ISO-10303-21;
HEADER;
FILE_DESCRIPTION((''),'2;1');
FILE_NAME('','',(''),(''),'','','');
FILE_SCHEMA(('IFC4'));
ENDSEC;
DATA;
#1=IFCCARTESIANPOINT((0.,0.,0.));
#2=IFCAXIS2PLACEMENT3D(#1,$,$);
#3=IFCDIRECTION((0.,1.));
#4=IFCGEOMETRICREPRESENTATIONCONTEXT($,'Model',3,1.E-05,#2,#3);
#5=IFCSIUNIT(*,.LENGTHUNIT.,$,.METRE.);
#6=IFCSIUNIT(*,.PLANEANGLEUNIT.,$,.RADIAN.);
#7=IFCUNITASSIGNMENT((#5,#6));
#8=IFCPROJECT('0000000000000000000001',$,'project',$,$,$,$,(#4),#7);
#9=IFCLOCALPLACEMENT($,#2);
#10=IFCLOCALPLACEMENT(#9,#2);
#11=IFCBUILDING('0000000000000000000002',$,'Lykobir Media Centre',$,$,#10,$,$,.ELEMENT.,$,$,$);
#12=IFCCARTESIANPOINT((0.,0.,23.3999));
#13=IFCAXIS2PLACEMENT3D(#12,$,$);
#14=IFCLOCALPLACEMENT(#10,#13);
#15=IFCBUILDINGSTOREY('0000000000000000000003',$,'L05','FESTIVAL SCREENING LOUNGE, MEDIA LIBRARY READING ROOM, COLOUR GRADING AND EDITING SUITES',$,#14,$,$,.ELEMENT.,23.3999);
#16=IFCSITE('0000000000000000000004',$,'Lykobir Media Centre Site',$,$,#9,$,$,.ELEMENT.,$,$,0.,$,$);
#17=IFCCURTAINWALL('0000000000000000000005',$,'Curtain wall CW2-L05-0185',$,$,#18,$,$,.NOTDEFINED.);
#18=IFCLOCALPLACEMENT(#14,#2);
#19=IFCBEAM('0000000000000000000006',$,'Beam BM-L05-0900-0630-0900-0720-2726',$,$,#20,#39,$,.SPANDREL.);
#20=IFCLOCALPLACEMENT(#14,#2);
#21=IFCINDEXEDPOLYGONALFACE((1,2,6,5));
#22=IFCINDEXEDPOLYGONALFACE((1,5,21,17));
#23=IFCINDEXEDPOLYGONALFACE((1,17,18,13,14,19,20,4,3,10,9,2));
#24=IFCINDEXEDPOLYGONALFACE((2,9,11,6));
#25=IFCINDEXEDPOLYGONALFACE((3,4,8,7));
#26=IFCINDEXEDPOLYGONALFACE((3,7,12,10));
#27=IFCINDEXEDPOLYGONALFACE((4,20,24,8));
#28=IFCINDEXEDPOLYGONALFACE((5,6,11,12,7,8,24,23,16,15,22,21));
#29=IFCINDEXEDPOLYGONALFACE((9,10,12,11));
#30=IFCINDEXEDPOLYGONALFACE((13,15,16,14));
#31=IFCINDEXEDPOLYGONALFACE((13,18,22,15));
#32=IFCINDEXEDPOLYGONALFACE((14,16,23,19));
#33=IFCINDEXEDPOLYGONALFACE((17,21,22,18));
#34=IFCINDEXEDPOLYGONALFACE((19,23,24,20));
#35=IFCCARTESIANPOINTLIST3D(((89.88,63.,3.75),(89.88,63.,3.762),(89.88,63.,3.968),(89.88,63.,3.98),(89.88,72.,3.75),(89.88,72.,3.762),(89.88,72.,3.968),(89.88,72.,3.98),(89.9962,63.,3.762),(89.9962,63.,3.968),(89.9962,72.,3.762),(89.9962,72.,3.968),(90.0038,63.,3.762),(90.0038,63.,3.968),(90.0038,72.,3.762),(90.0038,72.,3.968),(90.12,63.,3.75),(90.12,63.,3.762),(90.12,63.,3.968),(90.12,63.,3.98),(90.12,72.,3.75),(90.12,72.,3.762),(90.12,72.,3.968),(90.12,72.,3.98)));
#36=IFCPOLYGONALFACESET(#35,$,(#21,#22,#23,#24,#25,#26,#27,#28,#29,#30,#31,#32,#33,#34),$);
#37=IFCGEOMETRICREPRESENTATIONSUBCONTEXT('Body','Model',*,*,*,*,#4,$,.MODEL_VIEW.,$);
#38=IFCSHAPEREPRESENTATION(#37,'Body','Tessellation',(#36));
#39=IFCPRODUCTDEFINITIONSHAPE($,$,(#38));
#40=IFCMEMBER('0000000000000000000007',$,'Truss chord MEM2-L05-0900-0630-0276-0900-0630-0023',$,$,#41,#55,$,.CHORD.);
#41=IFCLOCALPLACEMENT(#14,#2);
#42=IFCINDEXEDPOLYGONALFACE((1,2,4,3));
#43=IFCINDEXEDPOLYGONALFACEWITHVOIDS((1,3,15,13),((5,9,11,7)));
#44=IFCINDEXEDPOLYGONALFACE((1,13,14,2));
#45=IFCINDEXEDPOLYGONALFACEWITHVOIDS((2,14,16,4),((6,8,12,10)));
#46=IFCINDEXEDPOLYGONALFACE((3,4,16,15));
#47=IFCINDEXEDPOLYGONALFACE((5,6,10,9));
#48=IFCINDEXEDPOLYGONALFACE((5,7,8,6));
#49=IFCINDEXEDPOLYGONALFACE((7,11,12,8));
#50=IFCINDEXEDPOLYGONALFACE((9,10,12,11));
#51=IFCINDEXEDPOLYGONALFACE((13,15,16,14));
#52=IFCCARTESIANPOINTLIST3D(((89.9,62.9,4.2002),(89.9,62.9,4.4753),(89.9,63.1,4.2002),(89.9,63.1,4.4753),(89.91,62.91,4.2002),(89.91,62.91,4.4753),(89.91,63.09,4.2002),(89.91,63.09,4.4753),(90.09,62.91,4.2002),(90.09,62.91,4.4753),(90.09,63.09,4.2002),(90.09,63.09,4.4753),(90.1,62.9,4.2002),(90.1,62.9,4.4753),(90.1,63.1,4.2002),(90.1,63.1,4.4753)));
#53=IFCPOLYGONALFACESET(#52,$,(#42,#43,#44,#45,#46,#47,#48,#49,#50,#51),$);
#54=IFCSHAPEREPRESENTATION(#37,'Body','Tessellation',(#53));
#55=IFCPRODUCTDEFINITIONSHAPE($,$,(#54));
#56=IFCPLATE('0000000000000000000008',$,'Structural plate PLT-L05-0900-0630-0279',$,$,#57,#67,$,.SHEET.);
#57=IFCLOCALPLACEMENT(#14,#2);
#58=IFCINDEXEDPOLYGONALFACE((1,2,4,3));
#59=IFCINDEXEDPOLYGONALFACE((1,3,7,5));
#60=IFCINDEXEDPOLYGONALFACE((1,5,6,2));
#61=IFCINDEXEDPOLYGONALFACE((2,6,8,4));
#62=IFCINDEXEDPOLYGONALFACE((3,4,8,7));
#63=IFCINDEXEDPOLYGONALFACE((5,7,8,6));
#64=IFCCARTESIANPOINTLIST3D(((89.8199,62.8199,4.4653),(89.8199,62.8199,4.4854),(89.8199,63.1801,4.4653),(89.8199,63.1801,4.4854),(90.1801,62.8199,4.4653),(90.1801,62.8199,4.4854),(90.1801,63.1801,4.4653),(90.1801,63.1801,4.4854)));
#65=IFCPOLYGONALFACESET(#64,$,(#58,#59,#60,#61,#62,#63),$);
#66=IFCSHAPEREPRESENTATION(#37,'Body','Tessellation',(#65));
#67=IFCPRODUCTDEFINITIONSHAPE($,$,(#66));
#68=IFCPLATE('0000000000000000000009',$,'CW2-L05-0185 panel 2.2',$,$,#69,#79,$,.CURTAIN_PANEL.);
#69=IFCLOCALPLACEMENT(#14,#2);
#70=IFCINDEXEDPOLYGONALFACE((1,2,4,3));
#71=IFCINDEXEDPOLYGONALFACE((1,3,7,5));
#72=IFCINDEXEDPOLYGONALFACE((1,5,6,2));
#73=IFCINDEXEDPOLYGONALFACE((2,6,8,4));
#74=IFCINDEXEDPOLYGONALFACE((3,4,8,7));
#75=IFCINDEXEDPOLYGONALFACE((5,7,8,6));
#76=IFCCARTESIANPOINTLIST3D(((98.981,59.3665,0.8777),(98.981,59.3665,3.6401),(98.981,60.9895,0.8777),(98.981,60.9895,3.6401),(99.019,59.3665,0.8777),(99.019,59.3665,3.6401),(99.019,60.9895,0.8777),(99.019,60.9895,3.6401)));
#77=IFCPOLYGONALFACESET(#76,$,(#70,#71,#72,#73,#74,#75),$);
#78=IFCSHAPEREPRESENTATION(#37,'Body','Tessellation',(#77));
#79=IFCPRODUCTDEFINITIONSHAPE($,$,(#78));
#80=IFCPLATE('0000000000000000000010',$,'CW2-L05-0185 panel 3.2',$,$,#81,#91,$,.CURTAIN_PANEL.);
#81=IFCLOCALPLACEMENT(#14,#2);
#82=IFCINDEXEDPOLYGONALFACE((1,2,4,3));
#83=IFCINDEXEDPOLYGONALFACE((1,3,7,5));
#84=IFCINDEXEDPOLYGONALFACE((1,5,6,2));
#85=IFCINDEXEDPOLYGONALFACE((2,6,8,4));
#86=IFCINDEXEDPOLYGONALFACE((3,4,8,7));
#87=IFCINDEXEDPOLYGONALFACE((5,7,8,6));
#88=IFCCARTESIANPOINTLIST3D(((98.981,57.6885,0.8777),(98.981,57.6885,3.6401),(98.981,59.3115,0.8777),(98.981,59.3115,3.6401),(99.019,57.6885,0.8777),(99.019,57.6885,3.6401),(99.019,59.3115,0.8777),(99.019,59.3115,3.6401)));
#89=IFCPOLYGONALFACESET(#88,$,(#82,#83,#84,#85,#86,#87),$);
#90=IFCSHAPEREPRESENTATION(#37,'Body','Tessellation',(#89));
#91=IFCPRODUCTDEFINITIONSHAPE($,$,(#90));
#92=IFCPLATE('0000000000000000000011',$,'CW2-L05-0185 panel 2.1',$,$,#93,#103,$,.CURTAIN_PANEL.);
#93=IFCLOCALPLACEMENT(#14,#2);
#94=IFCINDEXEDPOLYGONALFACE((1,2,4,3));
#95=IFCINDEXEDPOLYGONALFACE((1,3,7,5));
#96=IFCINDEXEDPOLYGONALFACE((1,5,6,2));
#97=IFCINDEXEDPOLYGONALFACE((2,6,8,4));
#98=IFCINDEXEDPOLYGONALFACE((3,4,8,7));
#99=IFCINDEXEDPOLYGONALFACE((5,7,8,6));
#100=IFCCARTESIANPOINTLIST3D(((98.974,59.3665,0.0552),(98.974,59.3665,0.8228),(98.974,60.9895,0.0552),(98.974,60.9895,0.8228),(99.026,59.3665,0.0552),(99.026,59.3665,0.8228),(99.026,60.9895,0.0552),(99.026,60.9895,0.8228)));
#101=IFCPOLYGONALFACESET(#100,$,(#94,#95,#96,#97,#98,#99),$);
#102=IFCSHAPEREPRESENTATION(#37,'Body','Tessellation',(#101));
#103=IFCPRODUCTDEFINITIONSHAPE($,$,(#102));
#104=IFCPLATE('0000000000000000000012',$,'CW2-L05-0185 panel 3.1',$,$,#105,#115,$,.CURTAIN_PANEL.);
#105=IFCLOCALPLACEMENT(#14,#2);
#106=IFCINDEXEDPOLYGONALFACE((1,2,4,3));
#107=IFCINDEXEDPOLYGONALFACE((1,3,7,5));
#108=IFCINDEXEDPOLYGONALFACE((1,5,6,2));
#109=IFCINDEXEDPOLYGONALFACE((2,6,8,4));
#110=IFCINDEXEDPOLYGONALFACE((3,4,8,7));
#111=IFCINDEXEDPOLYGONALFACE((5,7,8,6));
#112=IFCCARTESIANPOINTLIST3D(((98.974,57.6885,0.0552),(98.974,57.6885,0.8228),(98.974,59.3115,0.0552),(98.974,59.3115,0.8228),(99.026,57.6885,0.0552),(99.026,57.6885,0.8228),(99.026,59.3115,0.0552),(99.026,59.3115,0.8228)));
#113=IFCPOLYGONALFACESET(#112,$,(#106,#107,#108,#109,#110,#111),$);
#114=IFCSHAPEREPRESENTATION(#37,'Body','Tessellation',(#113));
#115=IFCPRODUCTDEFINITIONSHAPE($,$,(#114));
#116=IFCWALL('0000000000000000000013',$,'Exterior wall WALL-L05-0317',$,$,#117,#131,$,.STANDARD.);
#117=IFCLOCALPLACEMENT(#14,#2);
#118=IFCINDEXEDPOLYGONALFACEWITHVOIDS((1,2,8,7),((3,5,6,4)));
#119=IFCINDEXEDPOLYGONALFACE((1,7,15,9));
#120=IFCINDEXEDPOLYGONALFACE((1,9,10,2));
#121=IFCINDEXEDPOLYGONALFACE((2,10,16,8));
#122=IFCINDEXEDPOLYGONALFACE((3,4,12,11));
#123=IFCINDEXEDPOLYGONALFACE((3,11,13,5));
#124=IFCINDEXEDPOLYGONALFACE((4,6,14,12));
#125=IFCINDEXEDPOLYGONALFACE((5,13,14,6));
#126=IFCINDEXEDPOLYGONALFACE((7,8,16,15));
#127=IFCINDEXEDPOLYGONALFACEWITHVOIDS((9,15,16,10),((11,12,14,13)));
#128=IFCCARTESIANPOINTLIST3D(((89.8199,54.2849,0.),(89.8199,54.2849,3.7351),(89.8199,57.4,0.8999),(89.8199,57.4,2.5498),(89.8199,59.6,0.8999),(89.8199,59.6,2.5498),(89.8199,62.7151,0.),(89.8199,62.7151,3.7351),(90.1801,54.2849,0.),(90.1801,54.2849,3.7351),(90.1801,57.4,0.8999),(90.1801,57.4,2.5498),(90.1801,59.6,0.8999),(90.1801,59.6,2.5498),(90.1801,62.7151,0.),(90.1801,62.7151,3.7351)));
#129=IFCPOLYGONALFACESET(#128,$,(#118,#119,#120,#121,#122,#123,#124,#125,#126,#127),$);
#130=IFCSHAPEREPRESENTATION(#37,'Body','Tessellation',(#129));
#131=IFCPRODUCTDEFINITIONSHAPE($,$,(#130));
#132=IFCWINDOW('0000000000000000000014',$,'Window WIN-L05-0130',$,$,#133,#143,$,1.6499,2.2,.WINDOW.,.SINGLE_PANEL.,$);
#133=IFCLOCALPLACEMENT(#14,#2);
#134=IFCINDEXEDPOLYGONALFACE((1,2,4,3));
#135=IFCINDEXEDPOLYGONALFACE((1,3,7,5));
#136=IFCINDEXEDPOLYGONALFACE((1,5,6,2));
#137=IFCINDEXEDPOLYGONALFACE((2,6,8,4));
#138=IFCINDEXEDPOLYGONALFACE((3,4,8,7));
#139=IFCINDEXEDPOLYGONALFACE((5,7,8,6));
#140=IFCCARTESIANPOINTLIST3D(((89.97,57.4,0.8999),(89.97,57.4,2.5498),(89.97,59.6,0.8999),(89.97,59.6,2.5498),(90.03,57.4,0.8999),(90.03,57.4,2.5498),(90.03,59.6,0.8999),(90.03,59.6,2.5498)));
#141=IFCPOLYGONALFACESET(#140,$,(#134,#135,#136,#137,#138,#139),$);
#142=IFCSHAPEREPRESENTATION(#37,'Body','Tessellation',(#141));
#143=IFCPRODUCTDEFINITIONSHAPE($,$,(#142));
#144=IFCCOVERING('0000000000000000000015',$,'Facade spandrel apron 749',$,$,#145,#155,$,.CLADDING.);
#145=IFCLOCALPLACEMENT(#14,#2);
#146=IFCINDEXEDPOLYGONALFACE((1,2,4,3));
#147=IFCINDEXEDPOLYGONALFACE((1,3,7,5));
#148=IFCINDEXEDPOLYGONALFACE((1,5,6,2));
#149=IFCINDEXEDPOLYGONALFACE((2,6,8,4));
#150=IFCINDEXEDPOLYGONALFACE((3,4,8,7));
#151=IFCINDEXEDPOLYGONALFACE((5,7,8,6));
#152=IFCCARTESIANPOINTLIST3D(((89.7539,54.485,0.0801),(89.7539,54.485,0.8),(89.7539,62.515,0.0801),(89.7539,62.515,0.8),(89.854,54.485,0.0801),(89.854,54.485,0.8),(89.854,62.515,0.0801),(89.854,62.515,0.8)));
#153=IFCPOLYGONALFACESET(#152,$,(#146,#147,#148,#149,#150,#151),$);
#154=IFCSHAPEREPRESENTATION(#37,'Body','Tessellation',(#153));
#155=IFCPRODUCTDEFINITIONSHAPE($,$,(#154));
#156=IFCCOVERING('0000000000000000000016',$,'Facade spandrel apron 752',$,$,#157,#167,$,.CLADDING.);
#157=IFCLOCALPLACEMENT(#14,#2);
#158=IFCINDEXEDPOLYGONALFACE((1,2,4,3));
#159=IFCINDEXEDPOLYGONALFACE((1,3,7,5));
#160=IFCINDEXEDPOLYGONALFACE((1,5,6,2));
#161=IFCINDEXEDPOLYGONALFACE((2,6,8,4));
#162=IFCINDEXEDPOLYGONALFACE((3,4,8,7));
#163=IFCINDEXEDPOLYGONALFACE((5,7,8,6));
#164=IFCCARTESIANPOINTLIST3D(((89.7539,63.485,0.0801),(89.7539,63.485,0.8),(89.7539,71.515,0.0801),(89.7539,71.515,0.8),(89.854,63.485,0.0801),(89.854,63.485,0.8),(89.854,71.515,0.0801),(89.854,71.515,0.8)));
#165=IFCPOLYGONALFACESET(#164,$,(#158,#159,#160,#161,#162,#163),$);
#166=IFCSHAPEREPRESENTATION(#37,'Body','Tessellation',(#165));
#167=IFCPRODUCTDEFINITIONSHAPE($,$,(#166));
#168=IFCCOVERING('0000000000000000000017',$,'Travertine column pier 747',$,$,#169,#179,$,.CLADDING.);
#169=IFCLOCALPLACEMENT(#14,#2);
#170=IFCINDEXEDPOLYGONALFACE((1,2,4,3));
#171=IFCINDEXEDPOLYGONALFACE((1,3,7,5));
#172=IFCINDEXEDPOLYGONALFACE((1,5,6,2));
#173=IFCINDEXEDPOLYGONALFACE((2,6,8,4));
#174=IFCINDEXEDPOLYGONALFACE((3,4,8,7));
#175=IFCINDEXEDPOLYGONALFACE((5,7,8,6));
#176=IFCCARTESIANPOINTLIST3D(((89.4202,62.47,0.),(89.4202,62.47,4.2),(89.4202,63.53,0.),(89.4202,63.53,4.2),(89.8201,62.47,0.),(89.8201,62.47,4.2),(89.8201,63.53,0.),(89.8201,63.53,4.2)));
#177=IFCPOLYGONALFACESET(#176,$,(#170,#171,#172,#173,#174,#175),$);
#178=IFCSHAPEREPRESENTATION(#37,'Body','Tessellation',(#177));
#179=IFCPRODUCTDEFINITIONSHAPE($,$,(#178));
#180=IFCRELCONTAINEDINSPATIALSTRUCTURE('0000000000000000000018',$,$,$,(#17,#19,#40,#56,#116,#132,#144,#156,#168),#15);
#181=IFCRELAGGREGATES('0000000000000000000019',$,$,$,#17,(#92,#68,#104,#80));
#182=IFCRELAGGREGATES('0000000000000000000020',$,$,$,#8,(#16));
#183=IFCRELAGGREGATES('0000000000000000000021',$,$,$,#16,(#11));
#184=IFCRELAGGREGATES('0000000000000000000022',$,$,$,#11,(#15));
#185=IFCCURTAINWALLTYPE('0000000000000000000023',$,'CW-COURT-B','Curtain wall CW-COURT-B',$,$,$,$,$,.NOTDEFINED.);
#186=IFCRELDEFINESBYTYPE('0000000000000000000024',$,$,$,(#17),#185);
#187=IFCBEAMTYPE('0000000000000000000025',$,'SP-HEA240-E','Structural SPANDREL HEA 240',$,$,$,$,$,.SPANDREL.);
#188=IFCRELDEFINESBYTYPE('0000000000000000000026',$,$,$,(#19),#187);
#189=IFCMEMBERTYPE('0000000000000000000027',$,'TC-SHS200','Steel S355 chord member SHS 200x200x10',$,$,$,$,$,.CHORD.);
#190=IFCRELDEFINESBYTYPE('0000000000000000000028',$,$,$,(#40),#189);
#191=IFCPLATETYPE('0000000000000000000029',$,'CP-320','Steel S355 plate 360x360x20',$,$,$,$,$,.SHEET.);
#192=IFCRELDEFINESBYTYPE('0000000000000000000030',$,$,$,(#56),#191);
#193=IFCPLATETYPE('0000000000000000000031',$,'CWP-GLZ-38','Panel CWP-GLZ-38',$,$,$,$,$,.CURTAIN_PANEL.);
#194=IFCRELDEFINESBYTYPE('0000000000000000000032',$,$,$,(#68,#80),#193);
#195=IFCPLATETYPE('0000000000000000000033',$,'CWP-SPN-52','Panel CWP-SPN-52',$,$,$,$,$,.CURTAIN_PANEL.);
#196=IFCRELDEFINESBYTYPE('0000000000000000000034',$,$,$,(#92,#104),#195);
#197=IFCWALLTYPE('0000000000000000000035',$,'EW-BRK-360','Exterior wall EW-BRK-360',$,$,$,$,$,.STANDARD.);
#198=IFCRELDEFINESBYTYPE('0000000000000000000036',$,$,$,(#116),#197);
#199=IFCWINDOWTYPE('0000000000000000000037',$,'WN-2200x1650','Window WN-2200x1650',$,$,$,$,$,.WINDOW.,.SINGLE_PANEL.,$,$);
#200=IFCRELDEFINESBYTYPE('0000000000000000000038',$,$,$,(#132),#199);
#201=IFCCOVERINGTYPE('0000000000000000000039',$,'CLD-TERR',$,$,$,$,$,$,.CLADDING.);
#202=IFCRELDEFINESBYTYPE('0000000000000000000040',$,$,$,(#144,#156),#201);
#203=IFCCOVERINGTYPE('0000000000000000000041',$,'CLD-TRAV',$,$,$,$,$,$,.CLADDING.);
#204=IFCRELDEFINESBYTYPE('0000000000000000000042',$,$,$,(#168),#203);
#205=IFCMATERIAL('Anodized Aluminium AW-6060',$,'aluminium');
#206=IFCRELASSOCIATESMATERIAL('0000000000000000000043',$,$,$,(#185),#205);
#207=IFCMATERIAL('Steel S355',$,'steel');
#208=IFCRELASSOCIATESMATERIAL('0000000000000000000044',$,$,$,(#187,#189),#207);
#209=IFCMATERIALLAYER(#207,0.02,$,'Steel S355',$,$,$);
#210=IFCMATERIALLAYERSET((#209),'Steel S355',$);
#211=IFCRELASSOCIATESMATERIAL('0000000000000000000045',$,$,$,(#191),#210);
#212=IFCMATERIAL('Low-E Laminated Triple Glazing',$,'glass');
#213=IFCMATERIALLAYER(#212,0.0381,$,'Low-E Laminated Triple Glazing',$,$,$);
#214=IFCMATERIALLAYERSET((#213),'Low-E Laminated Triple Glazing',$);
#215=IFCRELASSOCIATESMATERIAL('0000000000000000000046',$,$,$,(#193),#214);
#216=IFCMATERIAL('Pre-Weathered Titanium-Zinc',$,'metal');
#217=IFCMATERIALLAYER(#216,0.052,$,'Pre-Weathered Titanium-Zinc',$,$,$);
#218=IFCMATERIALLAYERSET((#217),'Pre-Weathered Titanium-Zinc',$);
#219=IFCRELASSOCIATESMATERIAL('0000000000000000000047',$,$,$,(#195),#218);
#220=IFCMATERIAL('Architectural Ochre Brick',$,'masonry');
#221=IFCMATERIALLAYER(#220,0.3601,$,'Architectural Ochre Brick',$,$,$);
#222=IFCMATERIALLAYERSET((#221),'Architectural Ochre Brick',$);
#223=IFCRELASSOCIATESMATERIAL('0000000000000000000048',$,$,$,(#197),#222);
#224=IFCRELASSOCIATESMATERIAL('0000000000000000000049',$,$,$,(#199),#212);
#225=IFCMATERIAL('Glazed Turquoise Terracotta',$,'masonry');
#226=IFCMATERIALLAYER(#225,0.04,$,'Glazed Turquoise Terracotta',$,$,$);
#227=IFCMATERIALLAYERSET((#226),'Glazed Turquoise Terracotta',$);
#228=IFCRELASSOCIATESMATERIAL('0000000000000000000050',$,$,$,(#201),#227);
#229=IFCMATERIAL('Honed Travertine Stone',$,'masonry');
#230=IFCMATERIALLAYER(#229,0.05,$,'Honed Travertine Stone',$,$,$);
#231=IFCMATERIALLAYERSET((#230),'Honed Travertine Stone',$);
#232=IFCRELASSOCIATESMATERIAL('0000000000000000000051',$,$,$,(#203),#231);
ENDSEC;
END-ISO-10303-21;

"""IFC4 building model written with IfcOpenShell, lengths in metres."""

from ifc_helpers import new_model, si_unit, direction, frame, frame_2d, origin, origin_2d, place, context, subcontext, project, spatial, rectangle, hollow_rectangle, i_section, extrude, material, layer, layer_set, material_profile, profile_set, type_object, element, fill, aggregate, save


model = new_model("IFC4")

# Units and contexts
model_context = context("Model", 3, precision=1e-05, world=origin(), true_north=direction((0.0, 1.0)))
body_context = subcontext(model_context, "Body", "Model", "MODEL_VIEW")
ifc_project = project(units=[si_unit("LENGTHUNIT", "METRE"), si_unit("PLANEANGLEUNIT", "RADIAN")], contexts=[model_context])

# Site, building, storey
site_placement = place(None, origin())
site = spatial("IfcSite", under=ifc_project, at=site_placement, Name="Lykobir Media Centre Site", CompositionType="ELEMENT", RefElevation=0.0)
building_placement = place(site_placement, origin())
building = spatial("IfcBuilding", under=site, at=building_placement, Name="Lykobir Media Centre", CompositionType="ELEMENT")
storey_placement = place(building_placement, frame((0.0, 0.0, 23.3999)))
storey = spatial("IfcBuildingStorey", under=building, at=storey_placement, Name="L05", Description="FESTIVAL SCREENING LOUNGE, MEDIA LIBRARY READING ROOM, COLOUR GRADING AND EDITING SUITES", CompositionType="ELEMENT", Elevation=23.3999)

# Curtain wall
ifc_material_1 = material(Name="Anodized Aluminium AW-6060", Category="aluminium")
curtain_wall_type = type_object("IfcCurtainWallType", Name="CW-COURT-B", Description="Curtain wall CW-COURT-B", PredefinedType="NOTDEFINED", material=ifc_material_1)
curtain_wall_placement = place(storey_placement, origin())
curtain_wall = element("IfcCurtainWall", 1, at=curtain_wall_placement, inside=storey, type_object=curtain_wall_type, Name="Curtain wall CW2-L05-0185", PredefinedType="NOTDEFINED")

# Beam
ifc_material_2 = material(Name="Steel S355", Category="steel")
ifc_material_profile_1 = material_profile(ifc_material_2, i_section(OverallWidth=0.24, OverallDepth=0.23, WebThickness=0.0076, FlangeThickness=0.012, at=origin_2d()), Name="HEA 240")
ifc_profile_set_1 = profile_set([ifc_material_profile_1], Name="Steel S355")
beam_type_1 = type_object("IfcBeamType", Name="SP-HEA240-E", Description="Structural SPANDREL HEA 240", PredefinedType="SPANDREL", material=ifc_profile_set_1)
beam_1_placement = place(storey_placement, frame((90.0, 63.0, 3.865), z_axis=(0.0, 1.0, 0.0), x_axis=(-1.0, 0.0, 0.0)))
element("IfcBeam", 2, at=beam_1_placement, inside=storey, type_object=beam_type_1, Name="Beam BM-L05-0900-0630-0900-0720-2726", PredefinedType="SPANDREL", context=body_context, shape_type="SweptSolid", body=[
    extrude(i_section(OverallWidth=0.24, OverallDepth=0.23, WebThickness=0.0076, FlangeThickness=0.012, at=origin_2d()), origin(), (0.0, 0.0, 1.0), 9.0),
])

# Member
ifc_material_profile_2 = material_profile(ifc_material_2, hollow_rectangle(XDim=0.2, YDim=0.2, WallThickness=0.01, at=origin_2d()), Name="SHS 200x200x10")
ifc_profile_set_2 = profile_set([ifc_material_profile_2], Name="Steel S355")
member_type_1 = type_object("IfcMemberType", Name="TC-SHS200", Description="Steel S355 chord member SHS 200x200x10", PredefinedType="CHORD", material=ifc_profile_set_2)
member_1_placement = place(storey_placement, frame((90.0, 63.0, 4.2002), z_axis=(0.0, 0.0, 1.0), x_axis=(1.0, 0.0, 0.0)))
element("IfcMember", 3, at=member_1_placement, inside=storey, type_object=member_type_1, Name="Truss chord MEM2-L05-0900-0630-0276-0900-0630-0023", PredefinedType="CHORD", context=body_context, shape_type="SweptSolid", body=[
    extrude(hollow_rectangle(XDim=0.2, YDim=0.2, WallThickness=0.01, at=origin_2d()), origin(), (0.0, 0.0, 1.0), 0.2751),
])

# Plates
ifc_layer_1 = layer(ifc_material_2, 0.02, Name="Steel S355")
ifc_layer_set_1 = layer_set([ifc_layer_1], Name="Steel S355")
plate_type_1 = type_object("IfcPlateType", Name="CP-320", Description="Steel S355 plate 360x360x20", PredefinedType="SHEET", material=ifc_layer_set_1)
plate_1_placement = place(storey_placement, frame((90.0, 63.0, 4.4653), z_axis=(0.0, 0.0, 1.0), x_axis=(1.0, 0.0, 0.0)))
element("IfcPlate", 4, at=plate_1_placement, inside=storey, type_object=plate_type_1, Name="Structural plate PLT-L05-0900-0630-0279", PredefinedType="SHEET", context=body_context, shape_type="SweptSolid", body=[
    extrude(rectangle(XDim=0.3601, YDim=0.3601, at=origin_2d()), origin(), (0.0, 0.0, 1.0), 0.02),
])
ifc_material_3 = material(Name="Low-E Laminated Triple Glazing", Category="glass")
ifc_layer_2 = layer(ifc_material_3, 0.0381, Name="Low-E Laminated Triple Glazing")
ifc_layer_set_2 = layer_set([ifc_layer_2], Name="Low-E Laminated Triple Glazing")
plate_type_2 = type_object("IfcPlateType", Name="CWP-GLZ-38", Description="Panel CWP-GLZ-38", PredefinedType="CURTAIN_PANEL", material=ifc_layer_set_2)
plate_2_placement = place(storey_placement, frame((99.0, 60.178, 0.8777), z_axis=(0.0, 0.0, 1.0), x_axis=(0.0, -1.0, 0.0)))
plate_2 = element("IfcPlate", 5, at=plate_2_placement, type_object=plate_type_2, Name="CW2-L05-0185 panel 2.2", PredefinedType="CURTAIN_PANEL", context=body_context, shape_type="SweptSolid", body=[
    extrude(rectangle(XDim=1.623, YDim=0.0381, at=origin_2d()), origin(), (0.0, 0.0, 1.0), 2.7625),
])
plate_3_placement = place(storey_placement, frame((99.0, 58.5, 0.8777), z_axis=(0.0, 0.0, 1.0), x_axis=(0.0, -1.0, 0.0)))
plate_3 = element("IfcPlate", 6, at=plate_3_placement, type_object=plate_type_2, Name="CW2-L05-0185 panel 3.2", PredefinedType="CURTAIN_PANEL", context=body_context, shape_type="SweptSolid", body=[
    extrude(rectangle(XDim=1.623, YDim=0.0381, at=origin_2d()), origin(), (0.0, 0.0, 1.0), 2.7625),
])
ifc_material_4 = material(Name="Pre-Weathered Titanium-Zinc", Category="metal")
ifc_layer_3 = layer(ifc_material_4, 0.052, Name="Pre-Weathered Titanium-Zinc")
ifc_layer_set_3 = layer_set([ifc_layer_3], Name="Pre-Weathered Titanium-Zinc")
plate_type_3 = type_object("IfcPlateType", Name="CWP-SPN-52", Description="Panel CWP-SPN-52", PredefinedType="CURTAIN_PANEL", material=ifc_layer_set_3)
plate_4_placement = place(storey_placement, frame((99.0, 60.178, 0.0552), z_axis=(0.0, 0.0, 1.0), x_axis=(0.0, -1.0, 0.0)))
plate_4 = element("IfcPlate", 7, at=plate_4_placement, type_object=plate_type_3, Name="CW2-L05-0185 panel 2.1", PredefinedType="CURTAIN_PANEL", context=body_context, shape_type="SweptSolid", body=[
    extrude(rectangle(XDim=1.623, YDim=0.052, at=origin_2d()), origin(), (0.0, 0.0, 1.0), 0.7676),
])
plate_5_placement = place(storey_placement, frame((99.0, 58.5, 0.0552), z_axis=(0.0, 0.0, 1.0), x_axis=(0.0, -1.0, 0.0)))
plate_5 = element("IfcPlate", 8, at=plate_5_placement, type_object=plate_type_3, Name="CW2-L05-0185 panel 3.1", PredefinedType="CURTAIN_PANEL", context=body_context, shape_type="SweptSolid", body=[
    extrude(rectangle(XDim=1.623, YDim=0.052, at=origin_2d()), origin(), (0.0, 0.0, 1.0), 0.7676),
])
aggregate(curtain_wall, [plate_4, plate_2, plate_5, plate_3])

# Wall, opening, window
ifc_material_5 = material(Name="Architectural Ochre Brick", Category="masonry")
ifc_layer_4 = layer(ifc_material_5, 0.3601, Name="Architectural Ochre Brick")
ifc_layer_set_4 = layer_set([ifc_layer_4], Name="Architectural Ochre Brick")
wall_type = type_object("IfcWallType", Name="EW-BRK-360", Description="Exterior wall EW-BRK-360", PredefinedType="STANDARD", material=ifc_layer_set_4)
wall_placement = place(storey_placement, frame((90.0, 62.7151, 0.0), z_axis=(0.0, 0.0, 1.0), x_axis=(0.0, -1.0, 0.0)))
wall = element("IfcWall", 9, at=wall_placement, inside=storey, type_object=wall_type, Name="Exterior wall WALL-L05-0317", PredefinedType="STANDARD", context=body_context, shape_type="SweptSolid", body=[
    extrude(rectangle(XDim=8.4302, YDim=0.3601, at=frame_2d((4.2151, 0.0))), origin(), (0.0, 0.0, 1.0), 3.7351),
])
opening_placement = place(wall_placement, frame((3.115, 0.0, 0.8999)))
opening = element("IfcOpeningElement", 10, at=opening_placement, cuts=wall, PredefinedType="OPENING", context=body_context, shape_type="SweptSolid", body=[
    extrude(rectangle(XDim=2.2, YDim=1.6499, at=frame_2d((1.1001, 0.825))), frame((0.0, 0.1899, 0.0), z_axis=(0.0, -1.0, 0.0), x_axis=(1.0, 0.0, 0.0)), (0.0, 0.0, 1.0), 0.3801),
])
window_type = type_object("IfcWindowType", Name="WN-2200x1650", Description="Window WN-2200x1650", PartitioningType="SINGLE_PANEL", PredefinedType="WINDOW", material=ifc_material_3)
window_placement = place(opening_placement, origin())
window = element("IfcWindow", 11, at=window_placement, inside=storey, type_object=window_type, Name="Window WIN-L05-0130", OverallHeight=1.6499, OverallWidth=2.2, PartitioningType="SINGLE_PANEL", PredefinedType="WINDOW", context=body_context, shape_type="SweptSolid", body=[
    extrude(rectangle(XDim=2.2, YDim=1.6499, at=frame_2d((1.1001, 0.825))), frame((0.0, 0.03, 0.0), z_axis=(0.0, -1.0, 0.0), x_axis=(1.0, 0.0, 0.0)), (0.0, 0.0, 1.0), 0.0601),
])
fill(opening, window)

# Coverings
ifc_material_6 = material(Name="Glazed Turquoise Terracotta", Category="masonry")
ifc_layer_5 = layer(ifc_material_6, 0.04, Name="Glazed Turquoise Terracotta")
ifc_layer_set_5 = layer_set([ifc_layer_5], Name="Glazed Turquoise Terracotta")
covering_type_1 = type_object("IfcCoveringType", Name="CLD-TERR", PredefinedType="CLADDING", material=ifc_layer_set_5)
for number, where, z_axis, x_axis, name in (
    (12, (89.804, 58.5, 0.0801), (0.0, 0.0, 1.0), (0.0, -1.0, 0.0), "Facade spandrel apron 749"),
    (13, (89.804, 67.5, 0.0801), (0.0, 0.0, 1.0), (0.0, -1.0, 0.0), "Facade spandrel apron 752"),
):
    element("IfcCovering", number, at=place(storey_placement, frame(where, z_axis=z_axis, x_axis=x_axis)), inside=storey, type_object=covering_type_1, Name=name, PredefinedType="CLADDING", context=body_context, shape_type="SweptSolid", body=[
        extrude(rectangle(XDim=8.03, YDim=0.1001, at=origin_2d()), origin(), (0.0, 0.0, 1.0), 0.72),
    ])
ifc_material_7 = material(Name="Honed Travertine Stone", Category="masonry")
ifc_layer_6 = layer(ifc_material_7, 0.05, Name="Honed Travertine Stone")
ifc_layer_set_6 = layer_set([ifc_layer_6], Name="Honed Travertine Stone")
covering_type_2 = type_object("IfcCoveringType", Name="CLD-TRAV", PredefinedType="CLADDING", material=ifc_layer_set_6)
covering_1_placement = place(storey_placement, frame((89.6201, 63.0, 0.0), z_axis=(0.0, 0.0, 1.0), x_axis=(0.0, -1.0, 0.0)))
element("IfcCovering", 14, at=covering_1_placement, inside=storey, type_object=covering_type_2, Name="Travertine column pier 747", PredefinedType="CLADDING", context=body_context, shape_type="SweptSolid", body=[
    extrude(rectangle(XDim=1.0601, YDim=0.3999, at=origin_2d()), origin(), (0.0, 0.0, 1.0), 4.2),
])

save(model, "model.ifc")
